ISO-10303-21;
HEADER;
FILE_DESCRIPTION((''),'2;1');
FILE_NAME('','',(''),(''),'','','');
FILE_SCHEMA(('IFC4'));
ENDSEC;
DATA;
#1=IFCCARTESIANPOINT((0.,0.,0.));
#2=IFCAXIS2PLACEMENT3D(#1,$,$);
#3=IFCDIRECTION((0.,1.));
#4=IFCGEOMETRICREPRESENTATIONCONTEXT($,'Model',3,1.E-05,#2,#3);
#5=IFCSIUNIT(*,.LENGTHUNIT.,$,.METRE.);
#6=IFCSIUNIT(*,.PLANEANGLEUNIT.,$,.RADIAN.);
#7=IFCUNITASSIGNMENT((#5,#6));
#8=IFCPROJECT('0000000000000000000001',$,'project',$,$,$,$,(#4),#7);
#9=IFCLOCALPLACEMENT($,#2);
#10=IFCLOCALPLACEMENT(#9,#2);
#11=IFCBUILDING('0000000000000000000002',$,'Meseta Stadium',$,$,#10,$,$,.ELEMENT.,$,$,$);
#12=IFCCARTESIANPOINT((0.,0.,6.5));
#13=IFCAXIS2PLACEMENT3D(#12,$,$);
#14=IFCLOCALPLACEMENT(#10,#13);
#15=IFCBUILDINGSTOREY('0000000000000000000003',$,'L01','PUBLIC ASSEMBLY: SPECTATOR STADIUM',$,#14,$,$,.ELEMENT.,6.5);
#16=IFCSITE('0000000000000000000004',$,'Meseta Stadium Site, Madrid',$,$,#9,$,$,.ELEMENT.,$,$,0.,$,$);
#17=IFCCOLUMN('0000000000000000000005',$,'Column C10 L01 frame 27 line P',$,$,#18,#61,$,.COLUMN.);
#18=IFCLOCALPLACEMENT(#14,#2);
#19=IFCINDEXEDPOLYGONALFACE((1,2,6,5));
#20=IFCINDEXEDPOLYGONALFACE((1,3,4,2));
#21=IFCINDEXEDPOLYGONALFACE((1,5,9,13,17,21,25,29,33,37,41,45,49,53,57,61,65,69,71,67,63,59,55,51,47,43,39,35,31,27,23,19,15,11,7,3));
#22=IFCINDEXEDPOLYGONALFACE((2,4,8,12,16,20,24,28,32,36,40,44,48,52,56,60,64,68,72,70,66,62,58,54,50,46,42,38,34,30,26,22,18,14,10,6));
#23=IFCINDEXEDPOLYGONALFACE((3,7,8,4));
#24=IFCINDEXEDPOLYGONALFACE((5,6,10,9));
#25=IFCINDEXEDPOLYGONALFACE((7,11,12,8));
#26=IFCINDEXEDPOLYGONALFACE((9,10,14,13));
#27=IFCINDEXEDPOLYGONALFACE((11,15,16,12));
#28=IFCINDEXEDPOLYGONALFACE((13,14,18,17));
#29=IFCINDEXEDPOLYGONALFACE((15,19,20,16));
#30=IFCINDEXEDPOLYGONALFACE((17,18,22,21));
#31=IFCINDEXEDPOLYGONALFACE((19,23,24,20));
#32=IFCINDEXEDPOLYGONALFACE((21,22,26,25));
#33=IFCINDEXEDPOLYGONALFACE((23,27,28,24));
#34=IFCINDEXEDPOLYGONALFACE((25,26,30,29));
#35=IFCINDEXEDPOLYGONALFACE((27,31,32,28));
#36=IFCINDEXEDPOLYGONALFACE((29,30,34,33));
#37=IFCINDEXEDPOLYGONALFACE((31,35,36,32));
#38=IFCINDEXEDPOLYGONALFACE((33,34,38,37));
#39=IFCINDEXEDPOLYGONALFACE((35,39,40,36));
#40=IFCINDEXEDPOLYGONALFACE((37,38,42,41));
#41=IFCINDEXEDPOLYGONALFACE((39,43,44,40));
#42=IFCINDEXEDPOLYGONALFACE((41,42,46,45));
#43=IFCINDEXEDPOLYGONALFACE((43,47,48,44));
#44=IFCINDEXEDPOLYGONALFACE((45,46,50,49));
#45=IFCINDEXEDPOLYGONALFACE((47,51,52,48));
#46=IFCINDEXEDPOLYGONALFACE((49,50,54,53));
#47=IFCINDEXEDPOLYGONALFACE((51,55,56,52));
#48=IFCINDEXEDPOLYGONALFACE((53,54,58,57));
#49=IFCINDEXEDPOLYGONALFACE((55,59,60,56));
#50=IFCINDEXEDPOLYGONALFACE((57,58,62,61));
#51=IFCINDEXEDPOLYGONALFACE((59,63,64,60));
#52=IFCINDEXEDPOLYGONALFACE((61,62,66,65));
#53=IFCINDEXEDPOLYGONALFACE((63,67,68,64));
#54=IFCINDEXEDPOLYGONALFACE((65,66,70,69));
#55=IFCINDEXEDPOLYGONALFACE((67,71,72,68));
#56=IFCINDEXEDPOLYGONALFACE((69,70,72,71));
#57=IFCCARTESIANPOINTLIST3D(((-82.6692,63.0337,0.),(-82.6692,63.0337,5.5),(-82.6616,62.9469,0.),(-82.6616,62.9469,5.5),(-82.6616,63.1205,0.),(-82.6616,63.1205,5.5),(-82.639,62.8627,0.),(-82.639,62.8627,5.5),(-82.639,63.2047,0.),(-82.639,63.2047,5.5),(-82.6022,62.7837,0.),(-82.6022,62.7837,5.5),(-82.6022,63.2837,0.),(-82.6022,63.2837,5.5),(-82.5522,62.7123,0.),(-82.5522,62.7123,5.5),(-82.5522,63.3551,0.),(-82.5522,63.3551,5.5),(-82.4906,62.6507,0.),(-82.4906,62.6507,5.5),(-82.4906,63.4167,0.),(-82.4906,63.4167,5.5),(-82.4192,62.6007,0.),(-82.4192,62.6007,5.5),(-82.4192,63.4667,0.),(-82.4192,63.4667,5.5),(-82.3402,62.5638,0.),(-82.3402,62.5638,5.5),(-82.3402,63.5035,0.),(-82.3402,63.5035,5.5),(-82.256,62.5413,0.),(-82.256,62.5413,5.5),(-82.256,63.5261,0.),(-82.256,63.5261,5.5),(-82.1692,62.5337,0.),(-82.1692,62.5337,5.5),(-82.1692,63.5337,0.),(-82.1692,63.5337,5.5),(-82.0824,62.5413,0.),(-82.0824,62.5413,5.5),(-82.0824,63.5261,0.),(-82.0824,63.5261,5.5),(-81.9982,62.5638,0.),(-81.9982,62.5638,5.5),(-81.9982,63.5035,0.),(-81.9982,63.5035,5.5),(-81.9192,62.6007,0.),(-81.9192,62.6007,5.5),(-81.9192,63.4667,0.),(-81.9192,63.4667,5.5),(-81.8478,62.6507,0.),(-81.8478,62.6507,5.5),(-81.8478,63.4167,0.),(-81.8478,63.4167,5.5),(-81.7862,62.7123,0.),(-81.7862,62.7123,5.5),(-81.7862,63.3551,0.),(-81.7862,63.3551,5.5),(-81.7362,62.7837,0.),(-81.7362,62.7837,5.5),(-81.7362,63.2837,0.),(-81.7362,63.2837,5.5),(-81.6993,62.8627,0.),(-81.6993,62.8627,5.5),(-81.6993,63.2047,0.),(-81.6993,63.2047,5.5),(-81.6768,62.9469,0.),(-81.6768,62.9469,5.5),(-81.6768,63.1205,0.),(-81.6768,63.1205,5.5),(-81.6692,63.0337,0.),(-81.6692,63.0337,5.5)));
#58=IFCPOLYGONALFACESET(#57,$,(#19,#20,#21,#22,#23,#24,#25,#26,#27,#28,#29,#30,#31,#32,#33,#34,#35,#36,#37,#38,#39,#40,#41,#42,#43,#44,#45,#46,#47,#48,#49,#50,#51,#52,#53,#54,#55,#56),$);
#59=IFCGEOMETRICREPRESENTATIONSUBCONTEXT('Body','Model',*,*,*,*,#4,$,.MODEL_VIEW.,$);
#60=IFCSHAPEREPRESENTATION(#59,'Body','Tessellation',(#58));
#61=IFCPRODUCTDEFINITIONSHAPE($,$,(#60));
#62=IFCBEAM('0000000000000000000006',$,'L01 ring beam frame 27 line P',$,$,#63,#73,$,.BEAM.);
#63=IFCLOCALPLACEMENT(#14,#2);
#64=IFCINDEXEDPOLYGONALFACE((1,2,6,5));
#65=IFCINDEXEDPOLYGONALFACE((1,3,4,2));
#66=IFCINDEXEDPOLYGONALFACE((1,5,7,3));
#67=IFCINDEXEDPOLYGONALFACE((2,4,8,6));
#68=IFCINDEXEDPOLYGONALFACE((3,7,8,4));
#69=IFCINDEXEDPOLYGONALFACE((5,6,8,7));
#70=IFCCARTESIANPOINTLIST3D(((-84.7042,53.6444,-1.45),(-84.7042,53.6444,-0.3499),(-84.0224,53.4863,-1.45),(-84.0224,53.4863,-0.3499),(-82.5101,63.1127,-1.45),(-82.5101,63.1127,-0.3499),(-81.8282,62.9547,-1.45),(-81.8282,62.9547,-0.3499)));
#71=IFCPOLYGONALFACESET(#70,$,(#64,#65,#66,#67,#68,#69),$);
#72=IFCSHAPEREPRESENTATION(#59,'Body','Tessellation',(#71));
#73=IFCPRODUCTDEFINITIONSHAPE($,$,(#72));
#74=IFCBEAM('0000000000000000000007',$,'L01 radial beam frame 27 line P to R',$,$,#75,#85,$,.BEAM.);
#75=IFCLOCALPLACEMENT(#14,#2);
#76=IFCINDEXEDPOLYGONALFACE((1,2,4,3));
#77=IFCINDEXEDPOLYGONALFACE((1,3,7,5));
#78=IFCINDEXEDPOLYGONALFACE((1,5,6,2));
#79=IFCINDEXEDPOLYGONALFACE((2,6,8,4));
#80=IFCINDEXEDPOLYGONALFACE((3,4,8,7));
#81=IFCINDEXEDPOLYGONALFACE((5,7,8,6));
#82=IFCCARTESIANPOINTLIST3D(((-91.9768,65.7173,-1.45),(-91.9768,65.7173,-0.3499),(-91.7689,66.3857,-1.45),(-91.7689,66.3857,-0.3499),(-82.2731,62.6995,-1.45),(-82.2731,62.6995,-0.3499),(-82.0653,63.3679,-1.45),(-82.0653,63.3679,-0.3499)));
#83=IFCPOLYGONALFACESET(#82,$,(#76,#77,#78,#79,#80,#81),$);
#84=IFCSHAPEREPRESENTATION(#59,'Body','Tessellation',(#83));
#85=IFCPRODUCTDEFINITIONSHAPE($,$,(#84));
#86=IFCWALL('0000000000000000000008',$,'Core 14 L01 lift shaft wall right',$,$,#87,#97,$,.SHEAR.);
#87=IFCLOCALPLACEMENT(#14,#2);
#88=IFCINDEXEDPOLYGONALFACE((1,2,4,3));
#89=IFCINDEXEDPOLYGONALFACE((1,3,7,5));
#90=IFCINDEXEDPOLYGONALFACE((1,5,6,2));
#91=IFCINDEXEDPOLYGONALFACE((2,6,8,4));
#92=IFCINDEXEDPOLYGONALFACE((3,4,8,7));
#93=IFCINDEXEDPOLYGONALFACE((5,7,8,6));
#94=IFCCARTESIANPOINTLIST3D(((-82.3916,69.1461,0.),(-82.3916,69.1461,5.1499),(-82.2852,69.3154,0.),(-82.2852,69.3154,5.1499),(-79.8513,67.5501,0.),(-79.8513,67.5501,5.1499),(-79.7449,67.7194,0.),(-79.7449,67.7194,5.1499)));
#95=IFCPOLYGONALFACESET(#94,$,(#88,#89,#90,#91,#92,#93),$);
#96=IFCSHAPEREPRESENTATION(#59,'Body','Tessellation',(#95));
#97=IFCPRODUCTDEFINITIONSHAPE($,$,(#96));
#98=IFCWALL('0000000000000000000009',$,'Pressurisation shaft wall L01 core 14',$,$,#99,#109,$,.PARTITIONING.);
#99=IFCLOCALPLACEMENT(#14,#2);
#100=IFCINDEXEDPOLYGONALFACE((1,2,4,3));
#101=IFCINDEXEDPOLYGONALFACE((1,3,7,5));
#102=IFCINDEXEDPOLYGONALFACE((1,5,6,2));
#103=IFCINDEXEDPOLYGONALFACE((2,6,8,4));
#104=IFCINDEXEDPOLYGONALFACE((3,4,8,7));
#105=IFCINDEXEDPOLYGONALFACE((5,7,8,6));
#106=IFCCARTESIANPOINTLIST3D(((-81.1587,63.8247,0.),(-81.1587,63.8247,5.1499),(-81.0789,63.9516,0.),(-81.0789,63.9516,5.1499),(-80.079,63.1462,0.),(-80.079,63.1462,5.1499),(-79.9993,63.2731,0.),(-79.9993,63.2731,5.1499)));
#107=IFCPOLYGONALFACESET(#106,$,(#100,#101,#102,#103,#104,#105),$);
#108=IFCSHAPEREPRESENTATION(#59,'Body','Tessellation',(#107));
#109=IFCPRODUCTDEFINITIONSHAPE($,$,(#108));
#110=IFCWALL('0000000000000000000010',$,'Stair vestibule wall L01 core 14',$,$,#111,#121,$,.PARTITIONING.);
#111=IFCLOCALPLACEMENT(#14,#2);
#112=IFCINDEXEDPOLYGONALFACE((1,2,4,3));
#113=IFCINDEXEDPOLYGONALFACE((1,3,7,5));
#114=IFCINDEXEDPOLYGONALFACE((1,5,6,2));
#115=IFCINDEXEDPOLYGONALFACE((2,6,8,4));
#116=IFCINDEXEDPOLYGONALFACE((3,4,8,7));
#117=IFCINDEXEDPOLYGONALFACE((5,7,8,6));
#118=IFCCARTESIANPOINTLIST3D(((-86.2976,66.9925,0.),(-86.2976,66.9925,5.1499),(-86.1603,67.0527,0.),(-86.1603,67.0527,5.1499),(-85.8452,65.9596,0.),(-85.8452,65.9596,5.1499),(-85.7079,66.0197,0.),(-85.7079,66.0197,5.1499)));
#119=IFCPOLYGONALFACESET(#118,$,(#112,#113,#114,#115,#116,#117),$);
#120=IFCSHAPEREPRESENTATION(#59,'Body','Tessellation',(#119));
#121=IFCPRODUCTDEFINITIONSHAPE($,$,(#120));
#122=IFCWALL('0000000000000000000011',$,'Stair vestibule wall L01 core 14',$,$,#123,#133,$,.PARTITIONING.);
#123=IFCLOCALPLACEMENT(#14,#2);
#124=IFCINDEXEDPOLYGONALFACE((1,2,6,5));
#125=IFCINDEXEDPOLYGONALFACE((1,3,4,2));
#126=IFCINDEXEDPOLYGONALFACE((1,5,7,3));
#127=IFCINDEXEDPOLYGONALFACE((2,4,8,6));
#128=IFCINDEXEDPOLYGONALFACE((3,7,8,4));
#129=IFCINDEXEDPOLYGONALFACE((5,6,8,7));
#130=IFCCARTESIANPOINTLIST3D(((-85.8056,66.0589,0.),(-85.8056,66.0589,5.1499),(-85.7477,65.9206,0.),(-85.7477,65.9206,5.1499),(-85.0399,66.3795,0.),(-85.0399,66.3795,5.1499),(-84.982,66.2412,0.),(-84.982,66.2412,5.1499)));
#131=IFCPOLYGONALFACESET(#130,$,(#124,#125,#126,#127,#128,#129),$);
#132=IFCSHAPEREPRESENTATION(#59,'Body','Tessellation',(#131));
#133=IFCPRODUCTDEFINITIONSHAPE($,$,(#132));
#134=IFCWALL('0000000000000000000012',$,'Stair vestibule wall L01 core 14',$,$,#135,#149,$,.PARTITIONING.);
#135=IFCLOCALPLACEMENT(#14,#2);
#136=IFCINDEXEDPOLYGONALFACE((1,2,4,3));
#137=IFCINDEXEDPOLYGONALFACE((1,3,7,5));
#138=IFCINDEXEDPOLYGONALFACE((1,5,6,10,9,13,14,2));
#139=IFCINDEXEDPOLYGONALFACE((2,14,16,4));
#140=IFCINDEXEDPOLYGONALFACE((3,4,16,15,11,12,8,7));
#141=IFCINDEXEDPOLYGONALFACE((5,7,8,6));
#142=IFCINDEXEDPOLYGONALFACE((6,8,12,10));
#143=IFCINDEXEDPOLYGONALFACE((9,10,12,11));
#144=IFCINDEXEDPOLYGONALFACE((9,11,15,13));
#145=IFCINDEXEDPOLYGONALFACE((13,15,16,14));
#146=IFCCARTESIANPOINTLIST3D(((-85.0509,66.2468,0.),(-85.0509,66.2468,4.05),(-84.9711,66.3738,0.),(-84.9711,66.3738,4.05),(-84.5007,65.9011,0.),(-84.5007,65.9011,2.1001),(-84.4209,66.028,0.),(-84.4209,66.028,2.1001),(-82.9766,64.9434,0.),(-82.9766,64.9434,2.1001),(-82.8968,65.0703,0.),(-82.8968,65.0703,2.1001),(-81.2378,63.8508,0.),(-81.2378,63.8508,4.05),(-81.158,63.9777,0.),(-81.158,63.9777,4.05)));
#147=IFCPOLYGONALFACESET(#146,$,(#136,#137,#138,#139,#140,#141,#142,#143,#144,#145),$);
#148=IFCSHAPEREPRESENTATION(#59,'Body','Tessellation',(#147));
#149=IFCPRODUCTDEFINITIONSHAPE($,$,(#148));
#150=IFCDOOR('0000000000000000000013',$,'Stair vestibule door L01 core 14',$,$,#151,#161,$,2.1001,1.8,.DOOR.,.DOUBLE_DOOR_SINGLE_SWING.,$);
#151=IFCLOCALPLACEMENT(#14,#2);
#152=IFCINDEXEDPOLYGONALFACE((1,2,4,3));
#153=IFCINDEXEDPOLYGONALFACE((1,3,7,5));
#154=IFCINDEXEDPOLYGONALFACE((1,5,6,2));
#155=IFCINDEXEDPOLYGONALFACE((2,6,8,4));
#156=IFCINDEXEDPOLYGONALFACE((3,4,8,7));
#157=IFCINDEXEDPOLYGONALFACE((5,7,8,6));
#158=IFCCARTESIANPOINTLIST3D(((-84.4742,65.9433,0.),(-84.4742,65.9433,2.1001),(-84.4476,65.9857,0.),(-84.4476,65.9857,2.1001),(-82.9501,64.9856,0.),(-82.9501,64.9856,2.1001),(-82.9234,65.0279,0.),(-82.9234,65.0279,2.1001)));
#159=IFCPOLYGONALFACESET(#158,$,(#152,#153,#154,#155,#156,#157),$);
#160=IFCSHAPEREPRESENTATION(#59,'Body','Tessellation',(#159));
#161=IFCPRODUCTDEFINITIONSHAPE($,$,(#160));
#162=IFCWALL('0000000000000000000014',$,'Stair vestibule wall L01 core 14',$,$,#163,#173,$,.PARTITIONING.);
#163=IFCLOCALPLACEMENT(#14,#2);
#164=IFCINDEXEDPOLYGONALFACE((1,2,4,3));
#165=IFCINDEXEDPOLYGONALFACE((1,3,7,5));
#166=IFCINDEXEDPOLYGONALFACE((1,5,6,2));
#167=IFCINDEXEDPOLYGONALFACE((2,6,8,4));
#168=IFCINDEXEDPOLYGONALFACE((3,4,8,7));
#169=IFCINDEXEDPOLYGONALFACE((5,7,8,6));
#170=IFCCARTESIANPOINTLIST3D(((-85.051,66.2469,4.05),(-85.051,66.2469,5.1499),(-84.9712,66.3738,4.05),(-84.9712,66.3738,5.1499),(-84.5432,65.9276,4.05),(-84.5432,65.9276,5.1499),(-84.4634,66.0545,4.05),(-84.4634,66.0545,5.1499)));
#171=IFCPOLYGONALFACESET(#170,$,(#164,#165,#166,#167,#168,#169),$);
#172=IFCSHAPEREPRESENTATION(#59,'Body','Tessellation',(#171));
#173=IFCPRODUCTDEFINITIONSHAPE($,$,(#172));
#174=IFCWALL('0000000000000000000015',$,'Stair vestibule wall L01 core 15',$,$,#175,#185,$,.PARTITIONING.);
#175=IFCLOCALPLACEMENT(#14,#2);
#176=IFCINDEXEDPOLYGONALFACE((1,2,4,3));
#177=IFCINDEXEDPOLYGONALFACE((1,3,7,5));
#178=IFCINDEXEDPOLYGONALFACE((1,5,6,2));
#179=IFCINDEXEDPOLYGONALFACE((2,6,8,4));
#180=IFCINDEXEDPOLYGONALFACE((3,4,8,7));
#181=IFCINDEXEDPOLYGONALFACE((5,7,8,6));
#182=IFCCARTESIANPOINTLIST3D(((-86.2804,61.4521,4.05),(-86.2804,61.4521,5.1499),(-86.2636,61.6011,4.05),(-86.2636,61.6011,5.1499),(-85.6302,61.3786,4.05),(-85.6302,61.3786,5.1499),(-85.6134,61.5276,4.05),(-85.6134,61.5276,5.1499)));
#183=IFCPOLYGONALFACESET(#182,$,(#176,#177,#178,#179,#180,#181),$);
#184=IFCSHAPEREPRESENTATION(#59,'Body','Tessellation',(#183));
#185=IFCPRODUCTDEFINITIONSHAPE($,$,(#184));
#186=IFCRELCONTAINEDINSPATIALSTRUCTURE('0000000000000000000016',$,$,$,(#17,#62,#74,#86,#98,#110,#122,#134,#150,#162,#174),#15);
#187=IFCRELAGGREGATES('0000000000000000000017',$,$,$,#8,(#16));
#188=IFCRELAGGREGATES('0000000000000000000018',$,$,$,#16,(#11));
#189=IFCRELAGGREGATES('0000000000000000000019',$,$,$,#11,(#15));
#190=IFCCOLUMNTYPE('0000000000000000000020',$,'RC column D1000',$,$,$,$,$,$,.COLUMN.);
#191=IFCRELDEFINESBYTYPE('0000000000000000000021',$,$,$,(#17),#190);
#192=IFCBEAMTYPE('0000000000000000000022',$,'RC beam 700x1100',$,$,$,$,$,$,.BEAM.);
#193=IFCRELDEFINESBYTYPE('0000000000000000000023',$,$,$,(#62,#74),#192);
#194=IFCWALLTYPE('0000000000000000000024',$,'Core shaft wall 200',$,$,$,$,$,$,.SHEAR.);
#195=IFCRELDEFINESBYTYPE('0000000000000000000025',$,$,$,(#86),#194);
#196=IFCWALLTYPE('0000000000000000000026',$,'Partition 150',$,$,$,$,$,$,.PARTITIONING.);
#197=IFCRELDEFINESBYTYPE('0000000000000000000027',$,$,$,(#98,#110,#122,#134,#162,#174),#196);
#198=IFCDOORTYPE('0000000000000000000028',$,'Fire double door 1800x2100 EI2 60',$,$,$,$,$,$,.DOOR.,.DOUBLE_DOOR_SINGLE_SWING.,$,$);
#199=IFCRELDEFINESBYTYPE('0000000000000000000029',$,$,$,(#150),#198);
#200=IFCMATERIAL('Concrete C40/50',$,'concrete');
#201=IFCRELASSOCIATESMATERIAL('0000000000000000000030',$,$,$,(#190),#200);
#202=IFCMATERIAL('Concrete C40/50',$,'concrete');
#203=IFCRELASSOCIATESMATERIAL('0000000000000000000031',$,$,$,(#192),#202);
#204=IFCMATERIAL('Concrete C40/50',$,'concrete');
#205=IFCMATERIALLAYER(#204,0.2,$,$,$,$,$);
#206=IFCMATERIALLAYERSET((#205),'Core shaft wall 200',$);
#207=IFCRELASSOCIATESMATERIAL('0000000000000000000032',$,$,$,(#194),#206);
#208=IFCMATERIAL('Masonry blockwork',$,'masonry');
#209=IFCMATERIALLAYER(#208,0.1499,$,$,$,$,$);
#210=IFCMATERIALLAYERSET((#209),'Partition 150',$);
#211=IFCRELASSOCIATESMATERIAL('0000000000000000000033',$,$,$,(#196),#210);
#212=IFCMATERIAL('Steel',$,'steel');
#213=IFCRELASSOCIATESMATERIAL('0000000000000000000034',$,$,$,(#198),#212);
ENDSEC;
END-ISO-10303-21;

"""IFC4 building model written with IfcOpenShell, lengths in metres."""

from ifc_helpers import new_model, si_unit, direction, frame, frame_2d, origin, origin_2d, place, context, subcontext, project, spatial, rectangle, circle, extrude, material, layer, layer_set, material_profile, profile_set, type_object, element, fill, save


model = new_model("IFC4")

# Units and contexts
model_context = context("Model", 3, precision=1e-05, world=origin(), true_north=direction((0.0, 1.0)))
body_context = subcontext(model_context, "Body", "Model", "MODEL_VIEW")
ifc_project = project(units=[si_unit("LENGTHUNIT", "METRE"), si_unit("PLANEANGLEUNIT", "RADIAN")], contexts=[model_context])

# Site, building, storey
site_placement = place(None, origin())
site = spatial("IfcSite", under=ifc_project, at=site_placement, Name="Meseta Stadium Site, Madrid", CompositionType="ELEMENT", RefElevation=0.0)
building_placement = place(site_placement, origin())
building = spatial("IfcBuilding", under=site, at=building_placement, Name="Meseta Stadium", CompositionType="ELEMENT")
storey_placement = place(building_placement, frame((0.0, 0.0, 6.5)))
storey = spatial("IfcBuildingStorey", under=building, at=storey_placement, Name="L01", Description="PUBLIC ASSEMBLY: SPECTATOR STADIUM", CompositionType="ELEMENT", Elevation=6.5)

# Column
ifc_material_1 = material(Name="Concrete C40/50", Category="concrete")
ifc_material_profile_1 = material_profile(ifc_material_1, circle(Radius=0.5, at=origin_2d()), Name="RC D1000")
ifc_profile_set_1 = profile_set([ifc_material_profile_1], Name="Concrete C40/50")
column_type = type_object("IfcColumnType", Name="RC column D1000", PredefinedType="COLUMN", material=ifc_profile_set_1)
column_placement = place(storey_placement, frame((-82.1692, 63.0337, 0.0), z_axis=(0.0, 0.0, 1.0), x_axis=(1.0, 0.0, 0.0)))
element("IfcColumn", 1, at=column_placement, inside=storey, type_object=column_type, Name="Column C10 L01 frame 27 line P", PredefinedType="COLUMN", context=body_context, shape_type="SweptSolid", body=[
    extrude(circle(Radius=0.5, at=origin_2d()), origin(), (0.0, 0.0, 1.0), 5.5),
])

# Beams
ifc_material_2 = material(Name="Concrete C40/50", Category="concrete")
ifc_material_profile_2 = material_profile(ifc_material_2, rectangle(XDim=0.7, YDim=1.1001, at=origin_2d()), Name="RC 700x1100")
ifc_profile_set_2 = profile_set([ifc_material_profile_2], Name="Concrete C40/50")
beam_type = type_object("IfcBeamType", Name="RC beam 700x1100", PredefinedType="BEAM", material=ifc_profile_set_2)
beam_1_placement = place(storey_placement, frame((-82.1692, 63.0337, -0.8999), z_axis=(-0.225749, -0.974185, 0.0), x_axis=(0.974185, -0.225749, 0.0)))
element("IfcBeam", 2, at=beam_1_placement, inside=storey, type_object=beam_type, Name="L01 ring beam frame 27 line P", PredefinedType="BEAM", context=body_context, shape_type="SweptSolid", body=[
    extrude(rectangle(XDim=0.7, YDim=1.1001, at=origin_2d()), origin(), (0.0, 0.0, 1.0), 9.7192),
])
beam_2_placement = place(storey_placement, frame((-82.1692, 63.0337, -0.8999), z_axis=(-0.954887, 0.29697, 0.0), x_axis=(-0.29697, -0.954887, 0.0)))
element("IfcBeam", 3, at=beam_2_placement, inside=storey, type_object=beam_type, Name="L01 radial beam frame 27 line P to R", PredefinedType="BEAM", context=body_context, shape_type="SweptSolid", body=[
    extrude(rectangle(XDim=0.7, YDim=1.1001, at=origin_2d()), origin(), (0.0, 0.0, 1.0), 10.1621),
])

# Walls
ifc_material_3 = material(Name="Concrete C40/50", Category="concrete")
ifc_layer_1 = layer(ifc_material_3, 0.2)
ifc_layer_set_1 = layer_set([ifc_layer_1], Name="Core shaft wall 200")
wall_type_1 = type_object("IfcWallType", Name="Core shaft wall 200", PredefinedType="SHEAR", material=ifc_layer_set_1)
wall_1_placement = place(storey_placement, frame((-82.3384, 69.2307, 0.0), z_axis=(0.0, 0.0, 1.0), x_axis=(0.846757, -0.53198, 0.0)))
element("IfcWall", 4, at=wall_1_placement, inside=storey, type_object=wall_type_1, Name="Core 14 L01 lift shaft wall right", PredefinedType="SHEAR", context=body_context, shape_type="SweptSolid", body=[
    extrude(rectangle(XDim=3.0, YDim=0.2, at=frame_2d((1.5, 0.0))), origin(), (0.0, 0.0, 1.0), 5.1499),
])
ifc_material_4 = material(Name="Masonry blockwork", Category="masonry")
ifc_layer_2 = layer(ifc_material_4, 0.1499)
ifc_layer_set_2 = layer_set([ifc_layer_2], Name="Partition 150")
wall_type_2 = type_object("IfcWallType", Name="Partition 150", PredefinedType="PARTITIONING", material=ifc_layer_set_2)
wall_2_placement = place(storey_placement, frame((-81.1189, 63.8882, 0.0), z_axis=(0.0, 0.0, 1.0), x_axis=(0.846683, -0.532097, 0.0)))
element("IfcWall", 5, at=wall_2_placement, inside=storey, type_object=wall_type_2, Name="Pressurisation shaft wall L01 core 14", PredefinedType="PARTITIONING", context=body_context, shape_type="SweptSolid", body=[
    extrude(rectangle(XDim=1.2751, YDim=0.1499, at=frame_2d((0.6377, 0.0))), origin(), (0.0, 0.0, 1.0), 5.1499),
])
wall_3_placement = place(storey_placement, frame((-86.229, 67.0227, 0.0), z_axis=(0.0, 0.0, 1.0), x_axis=(0.401171, -0.916003, 0.0)))
element("IfcWall", 6, at=wall_3_placement, inside=storey, type_object=wall_type_2, Name="Stair vestibule wall L01 core 14", PredefinedType="PARTITIONING", context=body_context, shape_type="SweptSolid", body=[
    extrude(rectangle(XDim=1.1277, YDim=0.1499, at=frame_2d((0.564, 0.0))), origin(), (0.0, 0.0, 1.0), 5.1499),
])
wall_4_placement = place(storey_placement, frame((-85.7766, 65.9897, 0.0), z_axis=(0.0, 0.0, 1.0), x_axis=(0.922414, 0.386202, 0.0)))
element("IfcWall", 7, at=wall_4_placement, inside=storey, type_object=wall_type_2, Name="Stair vestibule wall L01 core 14", PredefinedType="PARTITIONING", context=body_context, shape_type="SweptSolid", body=[
    extrude(rectangle(XDim=0.8301, YDim=0.1499, at=frame_2d((0.415, 0.0))), origin(), (0.0, 0.0, 1.0), 5.1499),
])

# Wall, opening, door
wall_5_placement = place(storey_placement, frame((-85.011, 66.3103, 0.0), z_axis=(0.0, 0.0, 1.0), x_axis=(0.846711, -0.532054, 0.0)))
wall_5 = element("IfcWall", 8, at=wall_5_placement, inside=storey, type_object=wall_type_2, Name="Stair vestibule wall L01 core 14", PredefinedType="PARTITIONING", context=body_context, shape_type="SweptSolid", body=[
    extrude(rectangle(XDim=4.5034, YDim=0.1499, at=frame_2d((2.2517, 0.0))), origin(), (0.0, 0.0, 1.0), 4.05),
])
opening_placement = place(wall_5_placement, frame((0.6499, 0.0, 0.0)))
opening = element("IfcOpeningElement", 9, at=opening_placement, cuts=wall_5, PredefinedType="OPENING", context=body_context, shape_type="SweptSolid", body=[
    extrude(rectangle(XDim=1.8, YDim=2.1001, at=frame_2d((0.8999, 1.05))), frame((0.0, 0.085, 0.0), z_axis=(0.0, -1.0, 0.0), x_axis=(1.0, 0.0, 0.0)), (0.0, 0.0, 1.0), 0.1699),
])
ifc_material_5 = material(Name="Steel", Category="steel")
door_type = type_object("IfcDoorType", Name="Fire double door 1800x2100 EI2 60", OperationType="DOUBLE_DOOR_SINGLE_SWING", PredefinedType="DOOR", material=ifc_material_5)
door_placement = place(opening_placement, origin())
door = element("IfcDoor", 10, at=door_placement, inside=storey, type_object=door_type, Name="Stair vestibule door L01 core 14", OperationType="DOUBLE_DOOR_SINGLE_SWING", OverallHeight=2.1001, OverallWidth=1.8, PredefinedType="DOOR", context=body_context, shape_type="SweptSolid", body=[
    extrude(rectangle(XDim=1.8, YDim=2.1001, at=frame_2d((0.8999, 1.05))), frame((0.0, 0.0249, 0.0), z_axis=(0.0, -1.0, 0.0), x_axis=(1.0, 0.0, 0.0)), (0.0, 0.0, 1.0), 0.05),
])
fill(opening, door)

# Walls
wall_6_placement = place(storey_placement, frame((-85.011, 66.3103, 4.05), z_axis=(0.0, 0.0, 1.0), x_axis=(0.846532, -0.532338, 0.0)))
element("IfcWall", 11, at=wall_6_placement, inside=storey, type_object=wall_type_2, Name="Stair vestibule wall L01 core 14", PredefinedType="PARTITIONING", context=body_context, shape_type="SweptSolid", body=[
    extrude(rectangle(XDim=0.5999, YDim=0.1499, at=frame_2d((0.2998, 0.0))), origin(), (0.0, 0.0, 1.0), 1.0999),
])
wall_7_placement = place(storey_placement, frame((-85.6218, 61.4531, 4.05), z_axis=(0.0, 0.0, 1.0), x_axis=(-0.993673, 0.112315, 0.0)))
element("IfcWall", 12, at=wall_7_placement, inside=storey, type_object=wall_type_2, Name="Stair vestibule wall L01 core 15", PredefinedType="PARTITIONING", context=body_context, shape_type="SweptSolid", body=[
    extrude(rectangle(XDim=0.6543, YDim=0.1499, at=frame_2d((0.3271, 0.0))), origin(), (0.0, 0.0, 1.0), 1.0999),
])

save(model, "model.ifc")
